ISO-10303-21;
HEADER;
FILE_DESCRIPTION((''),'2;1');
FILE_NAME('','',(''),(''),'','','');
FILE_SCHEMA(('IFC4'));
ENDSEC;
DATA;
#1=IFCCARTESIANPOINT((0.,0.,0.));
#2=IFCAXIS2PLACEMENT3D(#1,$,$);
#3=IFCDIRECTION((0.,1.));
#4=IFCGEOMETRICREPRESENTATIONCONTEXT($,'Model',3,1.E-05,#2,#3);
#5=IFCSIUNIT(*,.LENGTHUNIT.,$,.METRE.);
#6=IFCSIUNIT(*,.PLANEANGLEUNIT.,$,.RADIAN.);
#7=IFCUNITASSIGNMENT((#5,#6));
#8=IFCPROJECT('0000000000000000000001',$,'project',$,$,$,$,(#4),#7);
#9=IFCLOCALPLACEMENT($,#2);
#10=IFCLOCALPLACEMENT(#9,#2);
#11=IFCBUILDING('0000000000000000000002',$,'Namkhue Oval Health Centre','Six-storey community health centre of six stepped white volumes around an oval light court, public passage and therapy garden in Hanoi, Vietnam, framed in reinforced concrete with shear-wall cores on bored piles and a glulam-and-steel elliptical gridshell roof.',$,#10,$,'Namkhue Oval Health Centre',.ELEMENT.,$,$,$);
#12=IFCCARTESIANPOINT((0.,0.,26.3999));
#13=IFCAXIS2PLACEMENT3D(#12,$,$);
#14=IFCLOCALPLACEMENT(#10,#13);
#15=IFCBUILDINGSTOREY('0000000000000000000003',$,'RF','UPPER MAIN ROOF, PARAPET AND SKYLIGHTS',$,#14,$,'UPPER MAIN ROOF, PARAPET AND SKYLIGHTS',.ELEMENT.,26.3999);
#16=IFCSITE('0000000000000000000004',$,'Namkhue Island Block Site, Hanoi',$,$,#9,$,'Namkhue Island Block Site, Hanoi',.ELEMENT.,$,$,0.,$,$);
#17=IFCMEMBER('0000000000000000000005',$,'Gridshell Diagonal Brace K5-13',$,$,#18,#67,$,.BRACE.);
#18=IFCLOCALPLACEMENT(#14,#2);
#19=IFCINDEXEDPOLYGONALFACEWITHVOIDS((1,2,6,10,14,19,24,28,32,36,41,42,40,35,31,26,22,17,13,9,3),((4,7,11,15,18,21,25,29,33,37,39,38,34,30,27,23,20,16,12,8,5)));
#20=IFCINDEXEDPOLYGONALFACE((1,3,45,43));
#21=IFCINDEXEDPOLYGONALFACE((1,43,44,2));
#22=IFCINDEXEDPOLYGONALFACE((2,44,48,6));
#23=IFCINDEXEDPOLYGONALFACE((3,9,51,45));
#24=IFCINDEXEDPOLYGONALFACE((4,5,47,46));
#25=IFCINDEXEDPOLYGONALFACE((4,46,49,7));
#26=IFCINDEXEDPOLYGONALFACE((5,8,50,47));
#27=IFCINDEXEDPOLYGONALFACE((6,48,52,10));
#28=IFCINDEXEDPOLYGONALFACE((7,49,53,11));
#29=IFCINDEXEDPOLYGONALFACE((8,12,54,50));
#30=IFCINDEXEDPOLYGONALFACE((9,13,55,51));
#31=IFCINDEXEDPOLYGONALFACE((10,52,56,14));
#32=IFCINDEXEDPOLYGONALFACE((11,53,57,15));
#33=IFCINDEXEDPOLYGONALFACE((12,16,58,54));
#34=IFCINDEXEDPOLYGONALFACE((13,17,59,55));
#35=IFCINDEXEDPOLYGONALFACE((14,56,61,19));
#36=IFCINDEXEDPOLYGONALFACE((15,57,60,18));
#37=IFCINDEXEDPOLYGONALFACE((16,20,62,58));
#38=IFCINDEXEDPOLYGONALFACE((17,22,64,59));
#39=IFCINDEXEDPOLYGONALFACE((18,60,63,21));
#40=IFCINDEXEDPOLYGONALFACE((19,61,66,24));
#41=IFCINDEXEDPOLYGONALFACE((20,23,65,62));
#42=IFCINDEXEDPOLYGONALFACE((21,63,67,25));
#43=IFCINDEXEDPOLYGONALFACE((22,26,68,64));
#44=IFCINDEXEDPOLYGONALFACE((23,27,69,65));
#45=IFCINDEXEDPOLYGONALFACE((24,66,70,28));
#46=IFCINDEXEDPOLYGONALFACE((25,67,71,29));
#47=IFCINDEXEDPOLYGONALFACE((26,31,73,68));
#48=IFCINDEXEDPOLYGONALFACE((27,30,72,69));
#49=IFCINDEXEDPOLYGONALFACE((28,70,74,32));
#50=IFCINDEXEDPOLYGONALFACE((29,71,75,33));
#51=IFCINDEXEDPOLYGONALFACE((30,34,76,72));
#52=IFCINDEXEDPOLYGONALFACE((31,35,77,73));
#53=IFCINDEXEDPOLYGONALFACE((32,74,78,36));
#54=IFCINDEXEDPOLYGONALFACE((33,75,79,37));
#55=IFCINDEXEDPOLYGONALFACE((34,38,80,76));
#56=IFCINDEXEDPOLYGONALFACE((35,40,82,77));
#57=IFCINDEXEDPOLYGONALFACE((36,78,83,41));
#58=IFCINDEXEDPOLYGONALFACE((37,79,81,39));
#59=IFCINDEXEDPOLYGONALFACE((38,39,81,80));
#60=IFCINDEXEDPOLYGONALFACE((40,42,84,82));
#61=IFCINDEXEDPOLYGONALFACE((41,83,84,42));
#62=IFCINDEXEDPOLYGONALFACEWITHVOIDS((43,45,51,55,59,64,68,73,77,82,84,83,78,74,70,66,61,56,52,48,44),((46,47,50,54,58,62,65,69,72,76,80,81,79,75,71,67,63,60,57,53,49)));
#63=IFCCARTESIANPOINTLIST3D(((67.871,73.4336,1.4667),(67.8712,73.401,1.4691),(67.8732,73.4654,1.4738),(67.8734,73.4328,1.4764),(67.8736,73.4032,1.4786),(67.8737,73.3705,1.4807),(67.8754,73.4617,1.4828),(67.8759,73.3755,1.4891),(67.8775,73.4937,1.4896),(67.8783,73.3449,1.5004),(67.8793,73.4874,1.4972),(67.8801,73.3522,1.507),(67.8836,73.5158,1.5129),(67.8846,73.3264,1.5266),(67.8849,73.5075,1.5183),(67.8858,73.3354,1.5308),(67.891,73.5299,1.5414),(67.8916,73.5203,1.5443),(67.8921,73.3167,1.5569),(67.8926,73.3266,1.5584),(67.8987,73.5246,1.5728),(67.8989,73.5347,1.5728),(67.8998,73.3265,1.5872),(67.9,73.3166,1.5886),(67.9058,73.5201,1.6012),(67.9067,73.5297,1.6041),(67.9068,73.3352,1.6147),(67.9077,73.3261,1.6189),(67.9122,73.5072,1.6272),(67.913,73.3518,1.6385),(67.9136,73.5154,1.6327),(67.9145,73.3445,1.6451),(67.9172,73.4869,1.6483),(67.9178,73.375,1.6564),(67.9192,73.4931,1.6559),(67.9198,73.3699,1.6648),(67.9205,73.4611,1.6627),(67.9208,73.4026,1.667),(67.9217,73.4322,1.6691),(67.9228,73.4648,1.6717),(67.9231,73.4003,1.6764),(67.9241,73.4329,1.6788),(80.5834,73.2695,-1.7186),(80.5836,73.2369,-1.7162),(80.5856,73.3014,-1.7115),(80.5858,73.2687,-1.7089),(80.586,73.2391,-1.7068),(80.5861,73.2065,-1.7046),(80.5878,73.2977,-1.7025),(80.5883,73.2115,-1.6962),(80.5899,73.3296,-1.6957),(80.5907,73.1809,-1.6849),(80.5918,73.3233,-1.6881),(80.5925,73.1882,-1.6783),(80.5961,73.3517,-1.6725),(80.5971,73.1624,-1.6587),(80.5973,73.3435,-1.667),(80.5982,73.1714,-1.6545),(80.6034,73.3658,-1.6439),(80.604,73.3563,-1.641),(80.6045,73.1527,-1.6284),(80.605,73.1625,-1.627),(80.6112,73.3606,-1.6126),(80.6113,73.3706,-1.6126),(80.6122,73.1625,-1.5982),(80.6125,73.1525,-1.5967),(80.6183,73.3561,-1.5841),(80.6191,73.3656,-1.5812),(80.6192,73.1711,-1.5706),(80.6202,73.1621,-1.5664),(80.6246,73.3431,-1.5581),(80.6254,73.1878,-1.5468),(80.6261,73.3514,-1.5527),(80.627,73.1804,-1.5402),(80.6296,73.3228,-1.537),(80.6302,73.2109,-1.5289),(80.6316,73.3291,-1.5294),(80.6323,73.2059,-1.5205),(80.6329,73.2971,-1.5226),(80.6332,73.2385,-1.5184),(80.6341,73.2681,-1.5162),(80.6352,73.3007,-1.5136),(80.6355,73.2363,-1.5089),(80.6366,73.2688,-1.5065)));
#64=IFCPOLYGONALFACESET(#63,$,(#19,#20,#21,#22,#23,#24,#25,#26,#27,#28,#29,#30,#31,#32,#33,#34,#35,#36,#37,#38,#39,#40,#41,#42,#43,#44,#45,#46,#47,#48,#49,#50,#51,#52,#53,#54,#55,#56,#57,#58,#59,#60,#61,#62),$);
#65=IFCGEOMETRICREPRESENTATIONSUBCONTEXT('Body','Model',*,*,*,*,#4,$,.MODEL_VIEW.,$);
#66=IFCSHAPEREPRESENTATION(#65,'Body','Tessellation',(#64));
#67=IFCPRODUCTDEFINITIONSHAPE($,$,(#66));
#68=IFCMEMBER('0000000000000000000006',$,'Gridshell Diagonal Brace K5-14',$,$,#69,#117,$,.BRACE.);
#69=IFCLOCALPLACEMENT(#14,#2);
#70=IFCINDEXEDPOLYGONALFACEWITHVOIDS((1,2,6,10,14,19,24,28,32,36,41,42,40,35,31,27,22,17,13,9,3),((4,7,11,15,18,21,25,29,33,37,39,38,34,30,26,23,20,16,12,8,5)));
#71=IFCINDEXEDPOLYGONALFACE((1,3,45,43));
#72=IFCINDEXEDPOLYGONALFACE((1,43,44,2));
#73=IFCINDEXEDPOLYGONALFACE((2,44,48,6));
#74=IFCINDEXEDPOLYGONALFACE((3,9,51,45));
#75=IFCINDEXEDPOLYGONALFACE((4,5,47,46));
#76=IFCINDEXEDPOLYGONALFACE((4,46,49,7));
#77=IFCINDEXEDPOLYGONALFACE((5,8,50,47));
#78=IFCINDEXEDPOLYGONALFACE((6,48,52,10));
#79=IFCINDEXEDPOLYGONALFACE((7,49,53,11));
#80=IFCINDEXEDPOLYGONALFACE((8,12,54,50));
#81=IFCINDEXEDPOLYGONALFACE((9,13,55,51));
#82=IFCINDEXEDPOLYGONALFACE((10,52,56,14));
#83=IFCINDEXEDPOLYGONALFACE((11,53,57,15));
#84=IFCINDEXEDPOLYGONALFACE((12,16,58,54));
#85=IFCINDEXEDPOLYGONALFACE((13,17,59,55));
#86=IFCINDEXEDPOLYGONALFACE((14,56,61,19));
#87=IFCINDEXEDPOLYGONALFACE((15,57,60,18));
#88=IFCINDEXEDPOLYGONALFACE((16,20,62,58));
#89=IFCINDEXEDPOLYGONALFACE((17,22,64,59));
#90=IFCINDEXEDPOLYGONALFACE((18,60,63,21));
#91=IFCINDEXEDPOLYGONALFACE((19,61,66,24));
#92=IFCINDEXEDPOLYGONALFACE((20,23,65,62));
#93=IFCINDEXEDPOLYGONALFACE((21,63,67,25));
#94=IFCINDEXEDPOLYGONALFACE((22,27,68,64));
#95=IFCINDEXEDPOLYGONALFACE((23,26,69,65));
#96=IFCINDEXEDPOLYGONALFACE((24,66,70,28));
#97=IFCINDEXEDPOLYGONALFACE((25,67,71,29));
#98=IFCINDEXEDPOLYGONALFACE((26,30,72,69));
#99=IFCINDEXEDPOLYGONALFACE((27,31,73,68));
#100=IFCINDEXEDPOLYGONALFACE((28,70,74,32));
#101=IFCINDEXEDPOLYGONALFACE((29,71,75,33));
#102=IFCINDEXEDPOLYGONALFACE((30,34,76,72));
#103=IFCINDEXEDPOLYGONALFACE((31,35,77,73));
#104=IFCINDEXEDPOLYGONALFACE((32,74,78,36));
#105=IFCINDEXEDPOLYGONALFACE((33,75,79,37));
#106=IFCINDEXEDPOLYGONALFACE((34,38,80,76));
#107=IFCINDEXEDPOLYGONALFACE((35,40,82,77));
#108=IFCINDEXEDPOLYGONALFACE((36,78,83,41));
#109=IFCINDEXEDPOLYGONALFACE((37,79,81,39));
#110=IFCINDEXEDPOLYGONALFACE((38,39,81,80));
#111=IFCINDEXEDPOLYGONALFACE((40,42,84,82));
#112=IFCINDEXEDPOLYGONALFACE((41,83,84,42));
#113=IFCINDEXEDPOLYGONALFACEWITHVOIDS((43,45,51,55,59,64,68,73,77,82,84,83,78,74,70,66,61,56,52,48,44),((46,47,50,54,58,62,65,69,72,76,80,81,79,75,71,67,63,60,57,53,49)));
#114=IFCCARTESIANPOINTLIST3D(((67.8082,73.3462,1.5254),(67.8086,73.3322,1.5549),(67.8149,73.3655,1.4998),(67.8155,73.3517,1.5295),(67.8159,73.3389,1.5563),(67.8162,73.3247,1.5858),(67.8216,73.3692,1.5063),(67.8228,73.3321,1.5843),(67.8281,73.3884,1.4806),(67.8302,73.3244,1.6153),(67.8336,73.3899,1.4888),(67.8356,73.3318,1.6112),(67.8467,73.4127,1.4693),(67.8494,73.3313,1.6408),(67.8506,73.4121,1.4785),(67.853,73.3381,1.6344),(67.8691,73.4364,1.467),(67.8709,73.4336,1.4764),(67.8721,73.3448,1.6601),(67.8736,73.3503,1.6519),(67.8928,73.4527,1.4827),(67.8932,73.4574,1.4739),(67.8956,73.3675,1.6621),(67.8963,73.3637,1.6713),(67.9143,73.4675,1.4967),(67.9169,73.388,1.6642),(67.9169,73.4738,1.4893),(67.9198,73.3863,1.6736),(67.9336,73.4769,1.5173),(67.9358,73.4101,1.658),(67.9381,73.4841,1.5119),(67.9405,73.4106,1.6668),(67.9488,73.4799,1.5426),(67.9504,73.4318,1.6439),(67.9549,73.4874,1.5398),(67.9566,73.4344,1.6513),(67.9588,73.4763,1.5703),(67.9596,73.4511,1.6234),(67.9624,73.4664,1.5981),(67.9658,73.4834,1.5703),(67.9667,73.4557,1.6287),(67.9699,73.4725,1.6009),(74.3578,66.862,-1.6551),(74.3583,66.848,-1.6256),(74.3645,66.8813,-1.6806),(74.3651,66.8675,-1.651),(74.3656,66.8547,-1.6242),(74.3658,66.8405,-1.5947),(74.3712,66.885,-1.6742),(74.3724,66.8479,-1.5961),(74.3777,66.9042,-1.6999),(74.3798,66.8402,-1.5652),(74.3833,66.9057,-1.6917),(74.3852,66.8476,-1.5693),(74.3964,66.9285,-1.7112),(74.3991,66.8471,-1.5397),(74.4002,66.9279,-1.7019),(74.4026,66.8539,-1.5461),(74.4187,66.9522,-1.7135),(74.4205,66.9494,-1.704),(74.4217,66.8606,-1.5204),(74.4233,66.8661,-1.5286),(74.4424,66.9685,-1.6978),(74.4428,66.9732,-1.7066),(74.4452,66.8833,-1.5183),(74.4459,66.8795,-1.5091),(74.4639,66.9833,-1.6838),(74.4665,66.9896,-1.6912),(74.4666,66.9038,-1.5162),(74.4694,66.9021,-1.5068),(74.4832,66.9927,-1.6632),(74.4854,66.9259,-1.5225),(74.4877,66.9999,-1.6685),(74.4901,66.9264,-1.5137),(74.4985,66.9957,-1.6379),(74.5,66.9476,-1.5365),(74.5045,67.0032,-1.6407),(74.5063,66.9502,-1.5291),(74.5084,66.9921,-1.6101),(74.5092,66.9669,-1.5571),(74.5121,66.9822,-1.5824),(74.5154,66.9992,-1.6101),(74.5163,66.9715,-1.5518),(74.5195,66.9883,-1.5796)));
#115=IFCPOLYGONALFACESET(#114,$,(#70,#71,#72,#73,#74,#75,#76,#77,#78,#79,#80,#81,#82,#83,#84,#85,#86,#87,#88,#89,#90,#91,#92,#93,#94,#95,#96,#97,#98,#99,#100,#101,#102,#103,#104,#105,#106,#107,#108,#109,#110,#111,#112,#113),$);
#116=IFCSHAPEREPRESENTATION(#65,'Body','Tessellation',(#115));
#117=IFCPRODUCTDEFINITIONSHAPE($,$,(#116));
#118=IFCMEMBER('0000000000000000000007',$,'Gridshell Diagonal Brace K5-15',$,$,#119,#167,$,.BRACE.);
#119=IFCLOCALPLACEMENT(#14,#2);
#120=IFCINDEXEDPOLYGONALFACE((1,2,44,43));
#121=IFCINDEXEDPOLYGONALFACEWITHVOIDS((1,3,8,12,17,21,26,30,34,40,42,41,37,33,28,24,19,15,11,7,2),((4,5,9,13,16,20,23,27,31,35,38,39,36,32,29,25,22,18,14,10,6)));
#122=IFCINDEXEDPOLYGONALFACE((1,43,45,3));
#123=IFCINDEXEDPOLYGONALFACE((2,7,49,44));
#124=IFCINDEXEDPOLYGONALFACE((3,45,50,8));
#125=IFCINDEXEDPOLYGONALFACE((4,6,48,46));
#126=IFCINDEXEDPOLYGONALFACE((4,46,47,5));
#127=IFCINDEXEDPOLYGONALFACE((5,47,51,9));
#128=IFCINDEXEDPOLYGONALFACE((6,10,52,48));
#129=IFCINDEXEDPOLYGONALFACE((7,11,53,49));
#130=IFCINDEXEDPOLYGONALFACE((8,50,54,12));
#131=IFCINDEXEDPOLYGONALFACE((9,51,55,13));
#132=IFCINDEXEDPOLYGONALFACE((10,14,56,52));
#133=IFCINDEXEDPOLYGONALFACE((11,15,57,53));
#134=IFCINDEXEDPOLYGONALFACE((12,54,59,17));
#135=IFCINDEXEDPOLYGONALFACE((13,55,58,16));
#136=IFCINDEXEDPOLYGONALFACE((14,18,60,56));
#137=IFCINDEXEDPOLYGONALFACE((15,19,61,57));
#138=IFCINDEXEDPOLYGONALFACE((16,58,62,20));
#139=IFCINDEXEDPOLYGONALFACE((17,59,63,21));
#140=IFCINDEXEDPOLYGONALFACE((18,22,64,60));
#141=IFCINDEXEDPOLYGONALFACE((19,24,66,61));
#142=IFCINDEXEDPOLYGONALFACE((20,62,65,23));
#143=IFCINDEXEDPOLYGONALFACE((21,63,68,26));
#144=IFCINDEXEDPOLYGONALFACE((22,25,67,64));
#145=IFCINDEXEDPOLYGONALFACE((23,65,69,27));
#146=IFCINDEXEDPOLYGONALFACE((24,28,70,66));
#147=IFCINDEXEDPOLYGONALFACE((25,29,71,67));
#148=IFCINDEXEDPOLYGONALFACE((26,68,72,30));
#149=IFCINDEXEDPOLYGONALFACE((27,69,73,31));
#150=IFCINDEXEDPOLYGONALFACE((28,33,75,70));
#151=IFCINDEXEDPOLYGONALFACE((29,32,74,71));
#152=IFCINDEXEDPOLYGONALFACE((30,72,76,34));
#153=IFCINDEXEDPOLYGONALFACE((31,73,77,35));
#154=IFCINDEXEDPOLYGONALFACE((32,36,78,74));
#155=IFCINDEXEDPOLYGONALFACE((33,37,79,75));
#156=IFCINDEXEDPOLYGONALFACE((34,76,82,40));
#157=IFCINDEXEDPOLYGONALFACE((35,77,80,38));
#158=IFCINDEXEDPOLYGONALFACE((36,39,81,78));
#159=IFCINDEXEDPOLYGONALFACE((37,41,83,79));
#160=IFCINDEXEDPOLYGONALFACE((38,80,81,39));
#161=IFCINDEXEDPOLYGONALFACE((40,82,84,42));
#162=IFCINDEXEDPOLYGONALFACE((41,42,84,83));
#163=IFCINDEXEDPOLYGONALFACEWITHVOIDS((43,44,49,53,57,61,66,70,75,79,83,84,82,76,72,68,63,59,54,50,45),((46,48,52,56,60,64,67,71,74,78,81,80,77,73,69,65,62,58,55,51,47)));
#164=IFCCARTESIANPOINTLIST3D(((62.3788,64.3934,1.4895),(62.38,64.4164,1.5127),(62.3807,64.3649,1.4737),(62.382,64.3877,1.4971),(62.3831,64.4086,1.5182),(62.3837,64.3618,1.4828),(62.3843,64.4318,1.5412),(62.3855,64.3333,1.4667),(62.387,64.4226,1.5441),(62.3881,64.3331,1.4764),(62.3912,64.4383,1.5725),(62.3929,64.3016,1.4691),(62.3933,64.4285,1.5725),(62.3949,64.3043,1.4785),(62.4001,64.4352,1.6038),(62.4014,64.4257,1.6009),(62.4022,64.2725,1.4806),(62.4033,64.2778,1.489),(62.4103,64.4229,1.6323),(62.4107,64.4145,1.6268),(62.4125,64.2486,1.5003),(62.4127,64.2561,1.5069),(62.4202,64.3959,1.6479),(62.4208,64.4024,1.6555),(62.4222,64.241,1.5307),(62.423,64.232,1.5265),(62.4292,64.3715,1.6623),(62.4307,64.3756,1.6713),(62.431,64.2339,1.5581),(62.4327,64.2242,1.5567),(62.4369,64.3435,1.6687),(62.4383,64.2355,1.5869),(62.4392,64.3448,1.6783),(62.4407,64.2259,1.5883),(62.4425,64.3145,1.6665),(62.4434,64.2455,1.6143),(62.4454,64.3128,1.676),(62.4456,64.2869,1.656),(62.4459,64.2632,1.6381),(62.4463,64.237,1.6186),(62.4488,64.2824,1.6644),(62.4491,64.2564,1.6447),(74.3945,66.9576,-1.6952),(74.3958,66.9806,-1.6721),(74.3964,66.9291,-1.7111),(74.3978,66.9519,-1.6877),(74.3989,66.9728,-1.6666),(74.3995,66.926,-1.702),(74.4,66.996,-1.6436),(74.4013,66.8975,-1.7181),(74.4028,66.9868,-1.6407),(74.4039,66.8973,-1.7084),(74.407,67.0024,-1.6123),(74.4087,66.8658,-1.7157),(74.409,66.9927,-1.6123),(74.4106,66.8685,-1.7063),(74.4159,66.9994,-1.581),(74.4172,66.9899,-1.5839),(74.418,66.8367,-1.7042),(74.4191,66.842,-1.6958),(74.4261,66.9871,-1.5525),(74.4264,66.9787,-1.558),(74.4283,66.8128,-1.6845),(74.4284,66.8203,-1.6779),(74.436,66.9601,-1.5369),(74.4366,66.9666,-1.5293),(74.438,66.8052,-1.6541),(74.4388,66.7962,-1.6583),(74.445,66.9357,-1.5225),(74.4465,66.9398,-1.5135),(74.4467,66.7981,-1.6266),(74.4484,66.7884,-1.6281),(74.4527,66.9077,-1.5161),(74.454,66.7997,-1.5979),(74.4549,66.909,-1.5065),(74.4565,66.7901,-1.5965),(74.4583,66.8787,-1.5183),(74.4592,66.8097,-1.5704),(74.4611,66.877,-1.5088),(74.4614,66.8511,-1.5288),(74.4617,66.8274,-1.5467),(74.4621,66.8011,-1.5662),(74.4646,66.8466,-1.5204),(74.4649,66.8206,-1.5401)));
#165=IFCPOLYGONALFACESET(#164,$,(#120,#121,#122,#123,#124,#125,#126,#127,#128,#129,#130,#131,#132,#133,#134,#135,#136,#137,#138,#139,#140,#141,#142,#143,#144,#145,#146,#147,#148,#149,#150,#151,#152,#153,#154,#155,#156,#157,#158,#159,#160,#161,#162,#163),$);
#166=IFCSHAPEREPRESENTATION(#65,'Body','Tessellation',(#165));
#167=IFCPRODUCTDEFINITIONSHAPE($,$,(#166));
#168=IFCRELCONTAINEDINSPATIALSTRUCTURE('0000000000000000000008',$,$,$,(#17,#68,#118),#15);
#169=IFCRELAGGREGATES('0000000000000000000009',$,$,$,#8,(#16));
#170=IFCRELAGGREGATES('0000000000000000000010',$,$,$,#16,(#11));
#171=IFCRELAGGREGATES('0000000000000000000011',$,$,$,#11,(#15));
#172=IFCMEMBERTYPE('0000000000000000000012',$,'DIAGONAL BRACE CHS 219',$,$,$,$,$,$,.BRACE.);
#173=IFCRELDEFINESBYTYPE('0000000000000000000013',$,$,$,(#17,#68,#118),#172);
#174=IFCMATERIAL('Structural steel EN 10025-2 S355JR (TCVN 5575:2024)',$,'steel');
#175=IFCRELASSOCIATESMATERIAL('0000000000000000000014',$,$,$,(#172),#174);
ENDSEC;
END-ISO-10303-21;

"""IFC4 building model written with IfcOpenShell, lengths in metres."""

from ifc_helpers import new_model, si_unit, direction, frame, origin, origin_2d, place, context, subcontext, project, spatial, hollow_circle, extrude, material, material_profile, profile_set, type_object, element, save


model = new_model("IFC4")

# Units and contexts
model_context = context("Model", 3, precision=1e-05, world=origin(), true_north=direction((0.0, 1.0)))
body_context = subcontext(model_context, "Body", "Model", "MODEL_VIEW")
ifc_project = project(units=[si_unit("LENGTHUNIT", "METRE"), si_unit("PLANEANGLEUNIT", "RADIAN")], contexts=[model_context])

# Site, building, storey
site_placement = place(None, origin())
site = spatial("IfcSite", under=ifc_project, at=site_placement, Name="Namkhue Island Block Site, Hanoi", LongName="Namkhue Island Block Site, Hanoi", CompositionType="ELEMENT", RefElevation=0.0)
building_placement = place(site_placement, origin())
building = spatial("IfcBuilding", under=site, at=building_placement, Name="Namkhue Oval Health Centre", Description="Six-storey community health centre of six stepped white volumes around an oval light court, public passage and therapy garden in Hanoi, Vietnam, framed in reinforced concrete with shear-wall cores on bored piles and a glulam-and-steel elliptical gridshell roof.", LongName="Namkhue Oval Health Centre", CompositionType="ELEMENT")
storey_placement = place(building_placement, frame((0.0, 0.0, 26.3999)))
storey = spatial("IfcBuildingStorey", under=building, at=storey_placement, Name="RF", Description="UPPER MAIN ROOF, PARAPET AND SKYLIGHTS", LongName="UPPER MAIN ROOF, PARAPET AND SKYLIGHTS", CompositionType="ELEMENT", Elevation=26.3999)

# Members
ifc_material_1 = material(Name="Structural steel EN 10025-2 S355JR (TCVN 5575:2024)", Category="steel")
ifc_material_profile_1 = material_profile(ifc_material_1, hollow_circle(Radius=0.1096, WallThickness=0.01, at=origin_2d()), Name="CHS 219.1x10")
ifc_profile_set_1 = profile_set([ifc_material_profile_1], Name="Structural steel EN 10025-2 S355JR (TCVN 5575:2024)")
member_type_1 = type_object("IfcMemberType", Name="DIAGONAL BRACE CHS 219", PredefinedType="BRACE", material=ifc_profile_set_1)
member_1_placement = place(storey_placement, frame((67.8975, 73.425, 1.5728), z_axis=(0.969937, -0.012518, -0.243034), x_axis=(0.012905, 0.999917, 0.0)))
element("IfcMember", 1, at=member_1_placement, inside=storey, type_object=member_type_1, Name="Gridshell Diagonal Brace K5-13", PredefinedType="BRACE", context=body_context, shape_type="SweptSolid", body=[
    extrude(hollow_circle(Radius=0.1096, WallThickness=0.01, at=origin_2d()), origin(), (0.0, 0.0, 1.0), 13.1064),
])
member_2_placement = place(storey_placement, frame((67.8887, 73.4055, 1.5703), z_axis=(0.671774, -0.665063, -0.326208), x_axis=(0.703548, 0.710648, 0.0)))
element("IfcMember", 2, at=member_2_placement, inside=storey, type_object=member_type_1, Name="Gridshell Diagonal Brace K5-14", PredefinedType="BRACE", context=body_context, shape_type="SweptSolid", body=[
    extrude(hollow_circle(Radius=0.1096, WallThickness=0.01, at=origin_2d()), origin(), (0.0, 0.0, 1.0), 9.7498),
])
member_3_placement = place(storey_placement, frame((62.4141, 64.3311, 1.5725), z_axis=(0.946691, 0.202026, -0.250921), x_axis=(-0.208703, 0.977979, 0.0)))
element("IfcMember", 3, at=member_3_placement, inside=storey, type_object=member_type_1, Name="Gridshell Diagonal Brace K5-15", PredefinedType="BRACE", context=body_context, shape_type="SweptSolid", body=[
    extrude(hollow_circle(Radius=0.1096, WallThickness=0.01, at=origin_2d()), origin(), (0.0, 0.0, 1.0), 12.6924),
])

save(model, "model.ifc")
